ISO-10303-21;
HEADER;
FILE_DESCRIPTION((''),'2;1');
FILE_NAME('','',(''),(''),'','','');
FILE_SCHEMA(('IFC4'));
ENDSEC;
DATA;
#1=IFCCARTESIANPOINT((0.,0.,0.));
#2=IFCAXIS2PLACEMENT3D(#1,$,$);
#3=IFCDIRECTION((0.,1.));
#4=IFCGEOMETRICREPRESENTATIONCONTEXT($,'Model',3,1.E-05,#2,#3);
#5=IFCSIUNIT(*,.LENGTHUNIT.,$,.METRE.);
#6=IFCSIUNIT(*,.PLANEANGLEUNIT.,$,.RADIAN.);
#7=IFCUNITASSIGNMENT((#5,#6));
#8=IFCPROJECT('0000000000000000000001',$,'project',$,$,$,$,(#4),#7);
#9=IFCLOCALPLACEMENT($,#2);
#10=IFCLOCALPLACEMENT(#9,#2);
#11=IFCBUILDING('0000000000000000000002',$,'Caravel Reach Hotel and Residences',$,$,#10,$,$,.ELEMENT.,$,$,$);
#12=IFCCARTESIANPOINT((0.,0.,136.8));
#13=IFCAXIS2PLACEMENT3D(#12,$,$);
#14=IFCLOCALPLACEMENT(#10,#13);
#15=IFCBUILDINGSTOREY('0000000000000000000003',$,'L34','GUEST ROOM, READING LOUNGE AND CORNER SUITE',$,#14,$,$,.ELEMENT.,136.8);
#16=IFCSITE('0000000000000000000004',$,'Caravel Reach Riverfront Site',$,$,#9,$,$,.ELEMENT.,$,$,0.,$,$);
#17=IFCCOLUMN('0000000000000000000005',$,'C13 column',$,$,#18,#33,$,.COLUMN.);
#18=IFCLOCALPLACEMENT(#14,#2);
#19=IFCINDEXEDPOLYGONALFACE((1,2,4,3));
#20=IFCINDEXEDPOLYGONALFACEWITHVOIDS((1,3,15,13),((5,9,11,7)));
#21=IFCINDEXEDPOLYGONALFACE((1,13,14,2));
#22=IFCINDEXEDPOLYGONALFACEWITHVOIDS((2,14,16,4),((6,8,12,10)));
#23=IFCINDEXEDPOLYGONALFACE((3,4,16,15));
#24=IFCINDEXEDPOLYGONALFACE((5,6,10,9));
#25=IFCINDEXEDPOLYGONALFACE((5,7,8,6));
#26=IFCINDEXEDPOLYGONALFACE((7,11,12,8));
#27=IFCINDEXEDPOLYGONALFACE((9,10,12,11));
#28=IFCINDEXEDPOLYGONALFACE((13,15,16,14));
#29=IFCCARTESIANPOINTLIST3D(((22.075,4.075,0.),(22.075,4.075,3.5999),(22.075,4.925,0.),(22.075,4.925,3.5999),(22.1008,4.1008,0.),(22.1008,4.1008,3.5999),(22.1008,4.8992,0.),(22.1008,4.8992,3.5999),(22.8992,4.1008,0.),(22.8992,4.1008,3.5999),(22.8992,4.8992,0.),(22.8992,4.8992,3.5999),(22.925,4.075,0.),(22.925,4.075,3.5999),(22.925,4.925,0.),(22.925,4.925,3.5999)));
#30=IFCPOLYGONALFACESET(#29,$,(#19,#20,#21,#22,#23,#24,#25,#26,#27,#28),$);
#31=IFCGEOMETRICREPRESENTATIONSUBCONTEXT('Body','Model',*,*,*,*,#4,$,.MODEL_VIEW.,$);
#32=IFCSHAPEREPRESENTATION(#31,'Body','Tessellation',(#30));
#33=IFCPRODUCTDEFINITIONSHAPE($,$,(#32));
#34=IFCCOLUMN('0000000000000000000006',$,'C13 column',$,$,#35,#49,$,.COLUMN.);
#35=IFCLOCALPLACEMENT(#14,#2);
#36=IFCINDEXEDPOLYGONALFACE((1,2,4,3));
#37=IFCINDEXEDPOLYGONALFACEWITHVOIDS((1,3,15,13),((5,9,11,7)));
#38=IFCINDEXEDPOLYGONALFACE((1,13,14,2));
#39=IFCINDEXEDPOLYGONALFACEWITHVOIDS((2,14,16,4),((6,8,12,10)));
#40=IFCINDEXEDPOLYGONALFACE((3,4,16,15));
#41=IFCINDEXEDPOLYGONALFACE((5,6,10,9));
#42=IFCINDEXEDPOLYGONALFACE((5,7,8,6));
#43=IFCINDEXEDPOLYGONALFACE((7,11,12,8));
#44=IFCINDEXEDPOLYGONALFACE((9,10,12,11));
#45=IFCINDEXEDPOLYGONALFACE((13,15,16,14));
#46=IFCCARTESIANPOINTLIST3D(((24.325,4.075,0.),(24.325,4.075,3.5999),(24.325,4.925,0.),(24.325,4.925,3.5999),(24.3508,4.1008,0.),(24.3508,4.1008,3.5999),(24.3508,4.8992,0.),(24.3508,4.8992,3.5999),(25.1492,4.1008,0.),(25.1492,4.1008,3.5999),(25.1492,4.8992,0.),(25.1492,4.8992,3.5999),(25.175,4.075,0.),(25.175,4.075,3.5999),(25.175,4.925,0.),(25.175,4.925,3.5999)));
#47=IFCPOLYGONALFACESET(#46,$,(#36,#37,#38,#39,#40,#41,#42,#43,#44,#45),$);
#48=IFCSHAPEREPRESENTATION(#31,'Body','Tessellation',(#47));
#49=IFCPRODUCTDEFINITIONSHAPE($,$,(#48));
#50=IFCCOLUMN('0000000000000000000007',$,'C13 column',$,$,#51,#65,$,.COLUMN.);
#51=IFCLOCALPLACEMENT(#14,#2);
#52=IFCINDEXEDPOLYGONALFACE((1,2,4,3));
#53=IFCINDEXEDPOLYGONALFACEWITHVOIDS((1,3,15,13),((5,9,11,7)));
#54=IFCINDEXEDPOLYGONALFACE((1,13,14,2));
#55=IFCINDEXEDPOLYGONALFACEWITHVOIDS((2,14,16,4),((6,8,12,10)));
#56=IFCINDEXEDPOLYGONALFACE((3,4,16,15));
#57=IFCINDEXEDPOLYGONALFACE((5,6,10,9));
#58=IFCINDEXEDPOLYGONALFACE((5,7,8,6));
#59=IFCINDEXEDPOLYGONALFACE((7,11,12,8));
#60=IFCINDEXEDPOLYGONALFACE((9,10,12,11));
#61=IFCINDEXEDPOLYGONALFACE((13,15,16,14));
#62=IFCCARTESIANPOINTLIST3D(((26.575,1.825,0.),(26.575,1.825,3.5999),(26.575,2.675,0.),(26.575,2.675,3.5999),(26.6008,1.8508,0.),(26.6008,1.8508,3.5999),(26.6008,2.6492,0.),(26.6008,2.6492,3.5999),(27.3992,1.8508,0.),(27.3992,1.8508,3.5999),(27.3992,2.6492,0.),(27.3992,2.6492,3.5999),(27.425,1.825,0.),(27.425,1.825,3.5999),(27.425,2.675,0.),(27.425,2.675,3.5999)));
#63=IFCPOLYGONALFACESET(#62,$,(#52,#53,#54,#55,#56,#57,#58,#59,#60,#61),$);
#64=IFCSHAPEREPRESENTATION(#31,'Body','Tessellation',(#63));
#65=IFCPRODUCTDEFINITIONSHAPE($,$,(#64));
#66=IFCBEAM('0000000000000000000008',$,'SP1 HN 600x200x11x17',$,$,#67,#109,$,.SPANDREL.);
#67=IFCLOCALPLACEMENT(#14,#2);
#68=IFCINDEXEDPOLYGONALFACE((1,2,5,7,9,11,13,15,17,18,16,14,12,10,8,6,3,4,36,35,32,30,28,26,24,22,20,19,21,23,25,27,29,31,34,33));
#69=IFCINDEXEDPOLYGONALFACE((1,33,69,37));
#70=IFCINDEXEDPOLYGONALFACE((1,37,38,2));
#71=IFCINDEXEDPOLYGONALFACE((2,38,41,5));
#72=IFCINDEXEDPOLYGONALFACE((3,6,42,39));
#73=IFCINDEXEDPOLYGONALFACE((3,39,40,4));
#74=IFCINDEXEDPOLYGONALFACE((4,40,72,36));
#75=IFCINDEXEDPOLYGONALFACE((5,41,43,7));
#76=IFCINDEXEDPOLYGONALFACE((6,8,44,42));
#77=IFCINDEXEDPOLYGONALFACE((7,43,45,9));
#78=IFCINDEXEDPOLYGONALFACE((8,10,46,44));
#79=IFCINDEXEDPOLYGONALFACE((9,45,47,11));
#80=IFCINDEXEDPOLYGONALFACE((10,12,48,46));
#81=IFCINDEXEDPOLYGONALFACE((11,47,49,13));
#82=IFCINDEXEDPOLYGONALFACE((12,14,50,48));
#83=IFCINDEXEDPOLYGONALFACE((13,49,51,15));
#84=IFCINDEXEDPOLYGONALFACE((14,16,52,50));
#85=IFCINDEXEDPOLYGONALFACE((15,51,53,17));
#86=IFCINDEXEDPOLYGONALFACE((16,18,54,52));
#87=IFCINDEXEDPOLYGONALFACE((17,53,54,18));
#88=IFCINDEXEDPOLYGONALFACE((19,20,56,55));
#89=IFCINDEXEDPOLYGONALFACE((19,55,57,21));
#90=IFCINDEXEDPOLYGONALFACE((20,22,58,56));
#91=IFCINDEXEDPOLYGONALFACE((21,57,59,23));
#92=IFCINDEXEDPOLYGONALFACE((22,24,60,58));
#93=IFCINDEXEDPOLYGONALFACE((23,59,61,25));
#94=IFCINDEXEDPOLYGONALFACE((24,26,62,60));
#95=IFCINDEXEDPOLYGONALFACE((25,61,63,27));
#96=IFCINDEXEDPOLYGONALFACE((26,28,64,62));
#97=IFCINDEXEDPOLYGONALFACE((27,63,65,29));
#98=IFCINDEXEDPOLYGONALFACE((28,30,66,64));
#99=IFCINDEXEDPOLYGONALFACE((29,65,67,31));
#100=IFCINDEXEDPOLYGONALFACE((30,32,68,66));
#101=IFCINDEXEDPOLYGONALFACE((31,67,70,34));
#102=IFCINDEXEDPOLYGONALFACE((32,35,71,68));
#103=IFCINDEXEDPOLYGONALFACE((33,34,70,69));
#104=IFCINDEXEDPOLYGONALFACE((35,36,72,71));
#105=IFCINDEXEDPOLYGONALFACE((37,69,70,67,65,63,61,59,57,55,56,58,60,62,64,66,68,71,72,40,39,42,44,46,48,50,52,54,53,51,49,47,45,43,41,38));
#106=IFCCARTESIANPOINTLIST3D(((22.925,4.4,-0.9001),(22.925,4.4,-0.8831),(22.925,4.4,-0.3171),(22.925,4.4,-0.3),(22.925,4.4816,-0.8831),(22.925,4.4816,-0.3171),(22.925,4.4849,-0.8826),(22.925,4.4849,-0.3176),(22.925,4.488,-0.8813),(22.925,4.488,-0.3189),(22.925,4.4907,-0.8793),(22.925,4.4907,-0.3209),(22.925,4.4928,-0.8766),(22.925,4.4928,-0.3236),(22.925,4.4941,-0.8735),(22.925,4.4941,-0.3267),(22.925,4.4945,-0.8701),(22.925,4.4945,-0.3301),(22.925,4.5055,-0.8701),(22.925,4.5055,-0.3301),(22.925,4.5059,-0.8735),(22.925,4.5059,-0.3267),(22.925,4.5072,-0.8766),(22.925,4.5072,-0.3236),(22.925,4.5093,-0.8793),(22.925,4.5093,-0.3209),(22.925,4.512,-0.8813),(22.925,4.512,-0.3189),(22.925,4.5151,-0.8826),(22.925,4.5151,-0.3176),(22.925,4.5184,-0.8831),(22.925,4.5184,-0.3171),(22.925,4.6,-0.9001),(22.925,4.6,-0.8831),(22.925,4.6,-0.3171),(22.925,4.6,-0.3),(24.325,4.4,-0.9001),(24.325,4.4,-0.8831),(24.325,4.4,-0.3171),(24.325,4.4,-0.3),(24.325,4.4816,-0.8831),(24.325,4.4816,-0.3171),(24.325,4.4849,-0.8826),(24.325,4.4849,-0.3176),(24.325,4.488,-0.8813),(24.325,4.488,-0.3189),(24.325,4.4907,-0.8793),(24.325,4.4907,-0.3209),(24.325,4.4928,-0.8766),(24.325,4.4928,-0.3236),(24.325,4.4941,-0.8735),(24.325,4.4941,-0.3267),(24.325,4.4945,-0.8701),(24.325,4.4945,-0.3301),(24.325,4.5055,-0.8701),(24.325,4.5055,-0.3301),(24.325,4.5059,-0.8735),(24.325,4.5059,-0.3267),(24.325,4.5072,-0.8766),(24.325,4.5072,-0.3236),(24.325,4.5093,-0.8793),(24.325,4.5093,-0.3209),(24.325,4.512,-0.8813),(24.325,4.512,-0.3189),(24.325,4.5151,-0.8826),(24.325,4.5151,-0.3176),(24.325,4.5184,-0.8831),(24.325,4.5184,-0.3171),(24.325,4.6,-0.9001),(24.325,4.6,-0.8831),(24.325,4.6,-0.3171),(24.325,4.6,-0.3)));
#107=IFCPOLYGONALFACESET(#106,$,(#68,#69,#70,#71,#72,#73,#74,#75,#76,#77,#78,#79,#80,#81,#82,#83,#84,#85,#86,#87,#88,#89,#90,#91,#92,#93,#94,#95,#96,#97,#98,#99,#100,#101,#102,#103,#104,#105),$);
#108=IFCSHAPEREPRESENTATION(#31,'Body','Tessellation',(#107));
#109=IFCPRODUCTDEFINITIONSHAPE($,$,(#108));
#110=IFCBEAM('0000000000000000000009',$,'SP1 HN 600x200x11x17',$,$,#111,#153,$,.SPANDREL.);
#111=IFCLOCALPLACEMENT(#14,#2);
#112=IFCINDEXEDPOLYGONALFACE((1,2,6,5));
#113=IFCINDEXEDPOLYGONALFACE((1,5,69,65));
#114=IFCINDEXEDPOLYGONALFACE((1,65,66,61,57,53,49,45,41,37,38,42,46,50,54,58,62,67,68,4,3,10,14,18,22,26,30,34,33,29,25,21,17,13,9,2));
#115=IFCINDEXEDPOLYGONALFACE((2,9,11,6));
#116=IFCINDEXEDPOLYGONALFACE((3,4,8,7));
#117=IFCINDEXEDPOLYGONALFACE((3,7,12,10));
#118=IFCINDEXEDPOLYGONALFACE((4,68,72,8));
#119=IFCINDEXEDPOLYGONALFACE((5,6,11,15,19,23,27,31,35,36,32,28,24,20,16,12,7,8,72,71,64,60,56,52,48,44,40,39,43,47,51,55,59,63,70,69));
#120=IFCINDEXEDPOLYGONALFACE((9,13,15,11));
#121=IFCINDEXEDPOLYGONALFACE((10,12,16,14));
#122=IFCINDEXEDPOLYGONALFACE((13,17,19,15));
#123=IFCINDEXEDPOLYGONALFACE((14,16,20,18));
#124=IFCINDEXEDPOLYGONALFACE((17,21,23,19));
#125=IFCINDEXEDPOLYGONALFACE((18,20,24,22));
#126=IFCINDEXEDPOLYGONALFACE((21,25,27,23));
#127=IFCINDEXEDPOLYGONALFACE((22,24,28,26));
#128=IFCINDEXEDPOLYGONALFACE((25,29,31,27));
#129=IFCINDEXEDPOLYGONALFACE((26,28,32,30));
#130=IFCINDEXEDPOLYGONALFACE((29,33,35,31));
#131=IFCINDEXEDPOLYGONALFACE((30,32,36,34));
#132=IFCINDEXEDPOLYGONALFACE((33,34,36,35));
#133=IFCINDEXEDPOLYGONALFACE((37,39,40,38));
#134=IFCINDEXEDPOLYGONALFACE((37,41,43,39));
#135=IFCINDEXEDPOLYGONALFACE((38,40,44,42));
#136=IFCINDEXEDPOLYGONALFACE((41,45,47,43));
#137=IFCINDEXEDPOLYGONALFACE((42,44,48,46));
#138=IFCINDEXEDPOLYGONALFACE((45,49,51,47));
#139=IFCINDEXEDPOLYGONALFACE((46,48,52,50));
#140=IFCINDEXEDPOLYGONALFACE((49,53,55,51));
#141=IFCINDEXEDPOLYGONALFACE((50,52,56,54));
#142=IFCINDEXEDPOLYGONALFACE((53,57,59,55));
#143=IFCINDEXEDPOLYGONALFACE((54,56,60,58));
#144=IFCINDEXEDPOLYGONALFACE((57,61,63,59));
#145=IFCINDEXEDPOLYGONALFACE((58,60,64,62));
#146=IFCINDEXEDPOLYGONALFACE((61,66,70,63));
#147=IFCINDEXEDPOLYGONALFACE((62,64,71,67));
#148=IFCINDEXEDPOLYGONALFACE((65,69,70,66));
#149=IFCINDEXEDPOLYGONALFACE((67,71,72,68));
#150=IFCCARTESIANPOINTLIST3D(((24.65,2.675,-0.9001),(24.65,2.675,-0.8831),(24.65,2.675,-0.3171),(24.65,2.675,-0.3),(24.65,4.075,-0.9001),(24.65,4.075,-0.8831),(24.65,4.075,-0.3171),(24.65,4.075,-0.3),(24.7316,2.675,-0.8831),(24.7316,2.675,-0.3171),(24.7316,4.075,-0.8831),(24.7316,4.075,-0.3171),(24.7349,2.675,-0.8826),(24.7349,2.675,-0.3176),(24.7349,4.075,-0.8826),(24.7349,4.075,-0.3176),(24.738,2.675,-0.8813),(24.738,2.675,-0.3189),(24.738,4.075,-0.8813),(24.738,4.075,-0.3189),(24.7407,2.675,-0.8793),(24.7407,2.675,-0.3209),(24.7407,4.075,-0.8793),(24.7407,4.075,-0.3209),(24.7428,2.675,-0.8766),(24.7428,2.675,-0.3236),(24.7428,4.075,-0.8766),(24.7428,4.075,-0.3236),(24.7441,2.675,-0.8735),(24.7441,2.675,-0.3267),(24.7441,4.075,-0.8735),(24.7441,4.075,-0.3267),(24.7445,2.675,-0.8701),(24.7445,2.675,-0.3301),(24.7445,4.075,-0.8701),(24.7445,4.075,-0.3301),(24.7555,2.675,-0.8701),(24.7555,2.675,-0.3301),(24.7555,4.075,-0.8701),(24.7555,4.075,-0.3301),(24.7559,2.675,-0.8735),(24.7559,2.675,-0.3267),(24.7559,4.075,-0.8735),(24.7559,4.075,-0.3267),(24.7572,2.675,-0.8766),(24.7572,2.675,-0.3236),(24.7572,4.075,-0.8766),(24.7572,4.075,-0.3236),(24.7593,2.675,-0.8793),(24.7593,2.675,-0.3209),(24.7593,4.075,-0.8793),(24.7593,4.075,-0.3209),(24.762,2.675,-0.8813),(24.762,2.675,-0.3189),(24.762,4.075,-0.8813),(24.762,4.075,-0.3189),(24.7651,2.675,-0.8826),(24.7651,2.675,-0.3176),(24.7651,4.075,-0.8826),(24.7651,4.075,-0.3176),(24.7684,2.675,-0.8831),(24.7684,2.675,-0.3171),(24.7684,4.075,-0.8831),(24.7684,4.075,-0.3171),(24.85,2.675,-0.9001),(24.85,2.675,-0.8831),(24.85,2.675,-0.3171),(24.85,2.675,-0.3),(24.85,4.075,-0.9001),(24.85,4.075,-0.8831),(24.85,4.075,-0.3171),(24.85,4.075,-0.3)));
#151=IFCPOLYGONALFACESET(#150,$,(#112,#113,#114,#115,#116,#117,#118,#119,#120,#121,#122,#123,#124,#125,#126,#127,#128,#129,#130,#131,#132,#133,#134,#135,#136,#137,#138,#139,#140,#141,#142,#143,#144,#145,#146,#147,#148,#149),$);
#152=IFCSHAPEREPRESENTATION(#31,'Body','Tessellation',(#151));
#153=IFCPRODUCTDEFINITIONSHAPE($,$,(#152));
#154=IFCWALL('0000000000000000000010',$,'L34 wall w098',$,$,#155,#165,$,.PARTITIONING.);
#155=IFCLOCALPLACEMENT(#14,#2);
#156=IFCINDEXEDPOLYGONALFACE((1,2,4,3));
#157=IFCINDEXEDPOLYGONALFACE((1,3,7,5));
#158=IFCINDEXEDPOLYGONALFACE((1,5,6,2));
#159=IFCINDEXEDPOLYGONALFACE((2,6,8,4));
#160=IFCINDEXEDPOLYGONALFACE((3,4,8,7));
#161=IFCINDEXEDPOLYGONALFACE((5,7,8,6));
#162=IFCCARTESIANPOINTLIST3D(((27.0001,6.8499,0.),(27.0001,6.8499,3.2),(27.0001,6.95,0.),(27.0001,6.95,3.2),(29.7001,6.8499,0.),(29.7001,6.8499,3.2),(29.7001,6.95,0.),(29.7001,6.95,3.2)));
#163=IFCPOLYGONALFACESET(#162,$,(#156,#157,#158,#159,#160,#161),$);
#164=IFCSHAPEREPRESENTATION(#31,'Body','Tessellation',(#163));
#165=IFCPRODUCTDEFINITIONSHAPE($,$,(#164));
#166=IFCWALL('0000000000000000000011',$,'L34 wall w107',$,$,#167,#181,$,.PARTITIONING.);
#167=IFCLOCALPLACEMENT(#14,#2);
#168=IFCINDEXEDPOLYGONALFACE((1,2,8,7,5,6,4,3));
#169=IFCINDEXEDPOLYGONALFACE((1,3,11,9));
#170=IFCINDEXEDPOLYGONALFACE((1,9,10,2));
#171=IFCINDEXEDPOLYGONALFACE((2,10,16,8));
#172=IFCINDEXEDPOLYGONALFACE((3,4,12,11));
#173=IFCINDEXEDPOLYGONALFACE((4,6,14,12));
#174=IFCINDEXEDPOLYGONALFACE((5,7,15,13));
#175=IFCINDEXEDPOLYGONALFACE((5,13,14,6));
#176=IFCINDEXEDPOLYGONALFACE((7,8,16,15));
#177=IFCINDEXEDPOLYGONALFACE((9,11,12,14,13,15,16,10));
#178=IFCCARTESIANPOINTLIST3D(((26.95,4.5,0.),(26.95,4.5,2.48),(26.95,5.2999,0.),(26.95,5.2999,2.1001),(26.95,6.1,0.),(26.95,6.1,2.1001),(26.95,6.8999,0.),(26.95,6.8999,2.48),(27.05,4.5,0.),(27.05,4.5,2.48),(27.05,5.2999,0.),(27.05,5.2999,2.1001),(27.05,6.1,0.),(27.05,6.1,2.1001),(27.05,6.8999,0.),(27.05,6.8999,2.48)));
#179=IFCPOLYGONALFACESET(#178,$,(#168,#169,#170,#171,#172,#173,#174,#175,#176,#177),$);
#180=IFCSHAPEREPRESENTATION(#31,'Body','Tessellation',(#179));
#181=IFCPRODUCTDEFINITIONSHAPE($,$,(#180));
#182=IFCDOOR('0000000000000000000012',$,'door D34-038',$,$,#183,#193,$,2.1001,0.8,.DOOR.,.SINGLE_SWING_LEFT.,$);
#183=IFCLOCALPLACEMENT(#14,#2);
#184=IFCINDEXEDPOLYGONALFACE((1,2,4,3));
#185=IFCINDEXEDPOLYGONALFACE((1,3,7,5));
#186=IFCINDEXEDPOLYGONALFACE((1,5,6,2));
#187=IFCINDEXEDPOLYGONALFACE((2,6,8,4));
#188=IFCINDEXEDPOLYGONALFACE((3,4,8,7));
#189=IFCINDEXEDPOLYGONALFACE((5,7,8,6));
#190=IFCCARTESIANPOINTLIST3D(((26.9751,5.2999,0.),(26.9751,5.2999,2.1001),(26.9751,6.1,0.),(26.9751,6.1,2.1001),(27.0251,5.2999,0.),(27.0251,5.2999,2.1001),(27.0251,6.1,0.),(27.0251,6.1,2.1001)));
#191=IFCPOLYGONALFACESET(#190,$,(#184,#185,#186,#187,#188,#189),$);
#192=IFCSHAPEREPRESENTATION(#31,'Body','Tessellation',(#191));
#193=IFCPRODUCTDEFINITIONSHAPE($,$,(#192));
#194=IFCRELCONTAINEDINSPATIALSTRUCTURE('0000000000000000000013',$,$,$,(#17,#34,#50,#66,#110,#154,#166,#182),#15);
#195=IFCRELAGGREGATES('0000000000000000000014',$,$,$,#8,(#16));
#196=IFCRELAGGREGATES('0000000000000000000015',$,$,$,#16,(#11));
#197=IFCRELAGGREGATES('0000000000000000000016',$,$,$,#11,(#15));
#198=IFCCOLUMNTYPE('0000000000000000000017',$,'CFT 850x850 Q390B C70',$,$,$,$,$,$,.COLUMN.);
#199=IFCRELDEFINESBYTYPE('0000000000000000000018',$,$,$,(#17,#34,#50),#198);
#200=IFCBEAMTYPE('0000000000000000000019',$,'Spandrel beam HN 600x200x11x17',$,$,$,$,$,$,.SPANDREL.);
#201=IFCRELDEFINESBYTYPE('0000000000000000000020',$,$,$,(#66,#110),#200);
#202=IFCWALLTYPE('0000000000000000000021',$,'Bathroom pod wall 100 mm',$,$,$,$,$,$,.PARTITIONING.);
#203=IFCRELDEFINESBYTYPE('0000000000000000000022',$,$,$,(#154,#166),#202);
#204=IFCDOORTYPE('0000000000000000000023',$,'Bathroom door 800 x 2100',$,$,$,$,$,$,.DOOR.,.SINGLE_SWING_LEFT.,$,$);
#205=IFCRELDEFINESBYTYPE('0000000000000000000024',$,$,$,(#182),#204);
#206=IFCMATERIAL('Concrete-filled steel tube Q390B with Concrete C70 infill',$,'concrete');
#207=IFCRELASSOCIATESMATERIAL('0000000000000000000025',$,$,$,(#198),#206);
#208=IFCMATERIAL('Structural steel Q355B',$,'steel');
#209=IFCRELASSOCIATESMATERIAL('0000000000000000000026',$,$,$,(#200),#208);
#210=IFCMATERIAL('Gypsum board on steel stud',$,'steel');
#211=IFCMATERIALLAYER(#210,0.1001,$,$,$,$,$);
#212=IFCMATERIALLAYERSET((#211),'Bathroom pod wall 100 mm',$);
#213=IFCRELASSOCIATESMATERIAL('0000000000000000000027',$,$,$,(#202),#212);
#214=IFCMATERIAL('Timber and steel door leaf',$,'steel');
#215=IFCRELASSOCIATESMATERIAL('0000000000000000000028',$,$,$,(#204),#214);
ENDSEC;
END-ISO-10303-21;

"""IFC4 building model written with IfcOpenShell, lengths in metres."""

from ifc_helpers import new_model, si_unit, direction, frame, frame_2d, origin, origin_2d, place, context, subcontext, project, spatial, rectangle, hollow_rectangle, i_section, extrude, material, layer, layer_set, material_profile, profile_set, type_object, element, fill, save


model = new_model("IFC4")

# Units and contexts
model_context = context("Model", 3, precision=1e-05, world=origin(), true_north=direction((0.0, 1.0)))
body_context = subcontext(model_context, "Body", "Model", "MODEL_VIEW")
ifc_project = project(units=[si_unit("LENGTHUNIT", "METRE"), si_unit("PLANEANGLEUNIT", "RADIAN")], contexts=[model_context])

# Site, building, storey
site_placement = place(None, origin())
site = spatial("IfcSite", under=ifc_project, at=site_placement, Name="Caravel Reach Riverfront Site", CompositionType="ELEMENT", RefElevation=0.0)
building_placement = place(site_placement, origin())
building = spatial("IfcBuilding", under=site, at=building_placement, Name="Caravel Reach Hotel and Residences", CompositionType="ELEMENT")
storey_placement = place(building_placement, frame((0.0, 0.0, 136.8)))
storey = spatial("IfcBuildingStorey", under=building, at=storey_placement, Name="L34", Description="GUEST ROOM, READING LOUNGE AND CORNER SUITE", CompositionType="ELEMENT", Elevation=136.8)

# Columns
ifc_material_1 = material(Name="Concrete-filled steel tube Q390B with Concrete C70 infill", Category="concrete")
ifc_material_profile_1 = material_profile(ifc_material_1, hollow_rectangle(XDim=0.8501, YDim=0.8501, WallThickness=0.0259, at=origin_2d()), Name="RHS 850x850x26")
ifc_profile_set_1 = profile_set([ifc_material_profile_1], Name="Concrete-filled steel tube Q390B with Concrete C70 infill")
column_type = type_object("IfcColumnType", Name="CFT 850x850 Q390B C70", PredefinedType="COLUMN", material=ifc_profile_set_1)
for number, where, z_axis, x_axis, name in (
    (1, (22.5, 4.5, 0.0), (0.0, 0.0, 1.0), (1.0, 0.0, 0.0), "C13 column"),
    (2, (24.75, 4.5, 0.0), (0.0, 0.0, 1.0), (1.0, 0.0, 0.0), "C13 column"),
    (3, (27.0, 2.25, 0.0), (0.0, 0.0, 1.0), (1.0, 0.0, 0.0), "C13 column"),
):
    element("IfcColumn", number, at=place(storey_placement, frame(where, z_axis=z_axis, x_axis=x_axis)), inside=storey, type_object=column_type, Name=name, PredefinedType="COLUMN", context=body_context, shape_type="SweptSolid", body=[
        extrude(hollow_rectangle(XDim=0.8501, YDim=0.8501, WallThickness=0.0259, at=origin_2d()), origin(), (0.0, 0.0, 1.0), 3.5999),
    ])

# Beams
ifc_material_2 = material(Name="Structural steel Q355B", Category="steel")
ifc_material_profile_2 = material_profile(ifc_material_2, i_section(OverallWidth=0.2, OverallDepth=0.6001, WebThickness=0.011, FlangeThickness=0.0171, FilletRadius=0.0129, at=origin_2d()), Name="HN 600x200x11x17")
ifc_profile_set_2 = profile_set([ifc_material_profile_2], Name="Structural steel Q355B")
beam_type = type_object("IfcBeamType", Name="Spandrel beam HN 600x200x11x17", PredefinedType="SPANDREL", material=ifc_profile_set_2)
for number, where, z_axis, x_axis, name in (
    (4, (22.925, 4.5, -0.6001), (1.0, 0.0, 0.0), (0.0, 1.0, 0.0), "SP1 HN 600x200x11x17"),
    (5, (24.75, 4.075, -0.6001), (0.0, -1.0, 0.0), (1.0, 0.0, 0.0), "SP1 HN 600x200x11x17"),
):
    element("IfcBeam", number, at=place(storey_placement, frame(where, z_axis=z_axis, x_axis=x_axis)), inside=storey, type_object=beam_type, Name=name, PredefinedType="SPANDREL", context=body_context, shape_type="SweptSolid", body=[
        extrude(i_section(OverallWidth=0.2, OverallDepth=0.6001, WebThickness=0.011, FlangeThickness=0.0171, FilletRadius=0.0129, at=origin_2d()), origin(), (0.0, 0.0, 1.0), 1.3999),
    ])

# Wall
ifc_material_3 = material(Name="Gypsum board on steel stud", Category="steel")
ifc_layer_1 = layer(ifc_material_3, 0.1001)
ifc_layer_set_1 = layer_set([ifc_layer_1], Name="Bathroom pod wall 100 mm")
wall_type_1 = type_object("IfcWallType", Name="Bathroom pod wall 100 mm", PredefinedType="PARTITIONING", material=ifc_layer_set_1)
wall_1_placement = place(storey_placement, frame((27.0, 6.8999, 0.0), z_axis=(0.0, 0.0, 1.0), x_axis=(1.0, 0.0, 0.0)))
element("IfcWall", 6, at=wall_1_placement, inside=storey, type_object=wall_type_1, Name="L34 wall w098", PredefinedType="PARTITIONING", context=body_context, shape_type="SweptSolid", body=[
    extrude(rectangle(XDim=2.7, YDim=0.1001, at=frame_2d((1.3501, 0.0))), origin(), (0.0, 0.0, 1.0), 3.2),
])

# Wall, opening, door
wall_2_placement = place(storey_placement, frame((27.0, 4.5, 0.0), z_axis=(0.0, 0.0, 1.0), x_axis=(0.0, 1.0, 0.0)))
wall_2 = element("IfcWall", 7, at=wall_2_placement, inside=storey, type_object=wall_type_1, Name="L34 wall w107", PredefinedType="PARTITIONING", context=body_context, shape_type="SweptSolid", body=[
    extrude(rectangle(XDim=2.3999, YDim=0.1001, at=frame_2d((1.2, 0.0))), origin(), (0.0, 0.0, 1.0), 2.48),
])
opening_1_placement = place(wall_2_placement, frame((0.8, 0.0, 0.0)))
opening_1 = element("IfcOpeningElement", 8, at=opening_1_placement, cuts=wall_2, PredefinedType="OPENING", context=body_context, shape_type="SweptSolid", body=[
    extrude(rectangle(XDim=0.8, YDim=2.1001, at=frame_2d((0.3999, 1.05))), frame((0.0, 0.0601, 0.0), z_axis=(0.0, -1.0, 0.0), x_axis=(1.0, 0.0, 0.0)), (0.0, 0.0, 1.0), 0.1201),
])
ifc_material_4 = material(Name="Timber and steel door leaf", Category="steel")
door_type = type_object("IfcDoorType", Name="Bathroom door 800 x 2100", OperationType="SINGLE_SWING_LEFT", PredefinedType="DOOR", material=ifc_material_4)
door_placement = place(opening_1_placement, origin())
door = element("IfcDoor", 9, at=door_placement, inside=storey, type_object=door_type, Name="door D34-038", OperationType="SINGLE_SWING_LEFT", OverallHeight=2.1001, OverallWidth=0.8, PredefinedType="DOOR", context=body_context, shape_type="SweptSolid", body=[
    extrude(rectangle(XDim=0.8, YDim=2.1001, at=frame_2d((0.3999, 1.05))), frame((0.0, 0.0249, 0.0), z_axis=(0.0, -1.0, 0.0), x_axis=(1.0, 0.0, 0.0)), (0.0, 0.0, 1.0), 0.05),
])
fill(opening_1, door)

save(model, "model.ifc")
